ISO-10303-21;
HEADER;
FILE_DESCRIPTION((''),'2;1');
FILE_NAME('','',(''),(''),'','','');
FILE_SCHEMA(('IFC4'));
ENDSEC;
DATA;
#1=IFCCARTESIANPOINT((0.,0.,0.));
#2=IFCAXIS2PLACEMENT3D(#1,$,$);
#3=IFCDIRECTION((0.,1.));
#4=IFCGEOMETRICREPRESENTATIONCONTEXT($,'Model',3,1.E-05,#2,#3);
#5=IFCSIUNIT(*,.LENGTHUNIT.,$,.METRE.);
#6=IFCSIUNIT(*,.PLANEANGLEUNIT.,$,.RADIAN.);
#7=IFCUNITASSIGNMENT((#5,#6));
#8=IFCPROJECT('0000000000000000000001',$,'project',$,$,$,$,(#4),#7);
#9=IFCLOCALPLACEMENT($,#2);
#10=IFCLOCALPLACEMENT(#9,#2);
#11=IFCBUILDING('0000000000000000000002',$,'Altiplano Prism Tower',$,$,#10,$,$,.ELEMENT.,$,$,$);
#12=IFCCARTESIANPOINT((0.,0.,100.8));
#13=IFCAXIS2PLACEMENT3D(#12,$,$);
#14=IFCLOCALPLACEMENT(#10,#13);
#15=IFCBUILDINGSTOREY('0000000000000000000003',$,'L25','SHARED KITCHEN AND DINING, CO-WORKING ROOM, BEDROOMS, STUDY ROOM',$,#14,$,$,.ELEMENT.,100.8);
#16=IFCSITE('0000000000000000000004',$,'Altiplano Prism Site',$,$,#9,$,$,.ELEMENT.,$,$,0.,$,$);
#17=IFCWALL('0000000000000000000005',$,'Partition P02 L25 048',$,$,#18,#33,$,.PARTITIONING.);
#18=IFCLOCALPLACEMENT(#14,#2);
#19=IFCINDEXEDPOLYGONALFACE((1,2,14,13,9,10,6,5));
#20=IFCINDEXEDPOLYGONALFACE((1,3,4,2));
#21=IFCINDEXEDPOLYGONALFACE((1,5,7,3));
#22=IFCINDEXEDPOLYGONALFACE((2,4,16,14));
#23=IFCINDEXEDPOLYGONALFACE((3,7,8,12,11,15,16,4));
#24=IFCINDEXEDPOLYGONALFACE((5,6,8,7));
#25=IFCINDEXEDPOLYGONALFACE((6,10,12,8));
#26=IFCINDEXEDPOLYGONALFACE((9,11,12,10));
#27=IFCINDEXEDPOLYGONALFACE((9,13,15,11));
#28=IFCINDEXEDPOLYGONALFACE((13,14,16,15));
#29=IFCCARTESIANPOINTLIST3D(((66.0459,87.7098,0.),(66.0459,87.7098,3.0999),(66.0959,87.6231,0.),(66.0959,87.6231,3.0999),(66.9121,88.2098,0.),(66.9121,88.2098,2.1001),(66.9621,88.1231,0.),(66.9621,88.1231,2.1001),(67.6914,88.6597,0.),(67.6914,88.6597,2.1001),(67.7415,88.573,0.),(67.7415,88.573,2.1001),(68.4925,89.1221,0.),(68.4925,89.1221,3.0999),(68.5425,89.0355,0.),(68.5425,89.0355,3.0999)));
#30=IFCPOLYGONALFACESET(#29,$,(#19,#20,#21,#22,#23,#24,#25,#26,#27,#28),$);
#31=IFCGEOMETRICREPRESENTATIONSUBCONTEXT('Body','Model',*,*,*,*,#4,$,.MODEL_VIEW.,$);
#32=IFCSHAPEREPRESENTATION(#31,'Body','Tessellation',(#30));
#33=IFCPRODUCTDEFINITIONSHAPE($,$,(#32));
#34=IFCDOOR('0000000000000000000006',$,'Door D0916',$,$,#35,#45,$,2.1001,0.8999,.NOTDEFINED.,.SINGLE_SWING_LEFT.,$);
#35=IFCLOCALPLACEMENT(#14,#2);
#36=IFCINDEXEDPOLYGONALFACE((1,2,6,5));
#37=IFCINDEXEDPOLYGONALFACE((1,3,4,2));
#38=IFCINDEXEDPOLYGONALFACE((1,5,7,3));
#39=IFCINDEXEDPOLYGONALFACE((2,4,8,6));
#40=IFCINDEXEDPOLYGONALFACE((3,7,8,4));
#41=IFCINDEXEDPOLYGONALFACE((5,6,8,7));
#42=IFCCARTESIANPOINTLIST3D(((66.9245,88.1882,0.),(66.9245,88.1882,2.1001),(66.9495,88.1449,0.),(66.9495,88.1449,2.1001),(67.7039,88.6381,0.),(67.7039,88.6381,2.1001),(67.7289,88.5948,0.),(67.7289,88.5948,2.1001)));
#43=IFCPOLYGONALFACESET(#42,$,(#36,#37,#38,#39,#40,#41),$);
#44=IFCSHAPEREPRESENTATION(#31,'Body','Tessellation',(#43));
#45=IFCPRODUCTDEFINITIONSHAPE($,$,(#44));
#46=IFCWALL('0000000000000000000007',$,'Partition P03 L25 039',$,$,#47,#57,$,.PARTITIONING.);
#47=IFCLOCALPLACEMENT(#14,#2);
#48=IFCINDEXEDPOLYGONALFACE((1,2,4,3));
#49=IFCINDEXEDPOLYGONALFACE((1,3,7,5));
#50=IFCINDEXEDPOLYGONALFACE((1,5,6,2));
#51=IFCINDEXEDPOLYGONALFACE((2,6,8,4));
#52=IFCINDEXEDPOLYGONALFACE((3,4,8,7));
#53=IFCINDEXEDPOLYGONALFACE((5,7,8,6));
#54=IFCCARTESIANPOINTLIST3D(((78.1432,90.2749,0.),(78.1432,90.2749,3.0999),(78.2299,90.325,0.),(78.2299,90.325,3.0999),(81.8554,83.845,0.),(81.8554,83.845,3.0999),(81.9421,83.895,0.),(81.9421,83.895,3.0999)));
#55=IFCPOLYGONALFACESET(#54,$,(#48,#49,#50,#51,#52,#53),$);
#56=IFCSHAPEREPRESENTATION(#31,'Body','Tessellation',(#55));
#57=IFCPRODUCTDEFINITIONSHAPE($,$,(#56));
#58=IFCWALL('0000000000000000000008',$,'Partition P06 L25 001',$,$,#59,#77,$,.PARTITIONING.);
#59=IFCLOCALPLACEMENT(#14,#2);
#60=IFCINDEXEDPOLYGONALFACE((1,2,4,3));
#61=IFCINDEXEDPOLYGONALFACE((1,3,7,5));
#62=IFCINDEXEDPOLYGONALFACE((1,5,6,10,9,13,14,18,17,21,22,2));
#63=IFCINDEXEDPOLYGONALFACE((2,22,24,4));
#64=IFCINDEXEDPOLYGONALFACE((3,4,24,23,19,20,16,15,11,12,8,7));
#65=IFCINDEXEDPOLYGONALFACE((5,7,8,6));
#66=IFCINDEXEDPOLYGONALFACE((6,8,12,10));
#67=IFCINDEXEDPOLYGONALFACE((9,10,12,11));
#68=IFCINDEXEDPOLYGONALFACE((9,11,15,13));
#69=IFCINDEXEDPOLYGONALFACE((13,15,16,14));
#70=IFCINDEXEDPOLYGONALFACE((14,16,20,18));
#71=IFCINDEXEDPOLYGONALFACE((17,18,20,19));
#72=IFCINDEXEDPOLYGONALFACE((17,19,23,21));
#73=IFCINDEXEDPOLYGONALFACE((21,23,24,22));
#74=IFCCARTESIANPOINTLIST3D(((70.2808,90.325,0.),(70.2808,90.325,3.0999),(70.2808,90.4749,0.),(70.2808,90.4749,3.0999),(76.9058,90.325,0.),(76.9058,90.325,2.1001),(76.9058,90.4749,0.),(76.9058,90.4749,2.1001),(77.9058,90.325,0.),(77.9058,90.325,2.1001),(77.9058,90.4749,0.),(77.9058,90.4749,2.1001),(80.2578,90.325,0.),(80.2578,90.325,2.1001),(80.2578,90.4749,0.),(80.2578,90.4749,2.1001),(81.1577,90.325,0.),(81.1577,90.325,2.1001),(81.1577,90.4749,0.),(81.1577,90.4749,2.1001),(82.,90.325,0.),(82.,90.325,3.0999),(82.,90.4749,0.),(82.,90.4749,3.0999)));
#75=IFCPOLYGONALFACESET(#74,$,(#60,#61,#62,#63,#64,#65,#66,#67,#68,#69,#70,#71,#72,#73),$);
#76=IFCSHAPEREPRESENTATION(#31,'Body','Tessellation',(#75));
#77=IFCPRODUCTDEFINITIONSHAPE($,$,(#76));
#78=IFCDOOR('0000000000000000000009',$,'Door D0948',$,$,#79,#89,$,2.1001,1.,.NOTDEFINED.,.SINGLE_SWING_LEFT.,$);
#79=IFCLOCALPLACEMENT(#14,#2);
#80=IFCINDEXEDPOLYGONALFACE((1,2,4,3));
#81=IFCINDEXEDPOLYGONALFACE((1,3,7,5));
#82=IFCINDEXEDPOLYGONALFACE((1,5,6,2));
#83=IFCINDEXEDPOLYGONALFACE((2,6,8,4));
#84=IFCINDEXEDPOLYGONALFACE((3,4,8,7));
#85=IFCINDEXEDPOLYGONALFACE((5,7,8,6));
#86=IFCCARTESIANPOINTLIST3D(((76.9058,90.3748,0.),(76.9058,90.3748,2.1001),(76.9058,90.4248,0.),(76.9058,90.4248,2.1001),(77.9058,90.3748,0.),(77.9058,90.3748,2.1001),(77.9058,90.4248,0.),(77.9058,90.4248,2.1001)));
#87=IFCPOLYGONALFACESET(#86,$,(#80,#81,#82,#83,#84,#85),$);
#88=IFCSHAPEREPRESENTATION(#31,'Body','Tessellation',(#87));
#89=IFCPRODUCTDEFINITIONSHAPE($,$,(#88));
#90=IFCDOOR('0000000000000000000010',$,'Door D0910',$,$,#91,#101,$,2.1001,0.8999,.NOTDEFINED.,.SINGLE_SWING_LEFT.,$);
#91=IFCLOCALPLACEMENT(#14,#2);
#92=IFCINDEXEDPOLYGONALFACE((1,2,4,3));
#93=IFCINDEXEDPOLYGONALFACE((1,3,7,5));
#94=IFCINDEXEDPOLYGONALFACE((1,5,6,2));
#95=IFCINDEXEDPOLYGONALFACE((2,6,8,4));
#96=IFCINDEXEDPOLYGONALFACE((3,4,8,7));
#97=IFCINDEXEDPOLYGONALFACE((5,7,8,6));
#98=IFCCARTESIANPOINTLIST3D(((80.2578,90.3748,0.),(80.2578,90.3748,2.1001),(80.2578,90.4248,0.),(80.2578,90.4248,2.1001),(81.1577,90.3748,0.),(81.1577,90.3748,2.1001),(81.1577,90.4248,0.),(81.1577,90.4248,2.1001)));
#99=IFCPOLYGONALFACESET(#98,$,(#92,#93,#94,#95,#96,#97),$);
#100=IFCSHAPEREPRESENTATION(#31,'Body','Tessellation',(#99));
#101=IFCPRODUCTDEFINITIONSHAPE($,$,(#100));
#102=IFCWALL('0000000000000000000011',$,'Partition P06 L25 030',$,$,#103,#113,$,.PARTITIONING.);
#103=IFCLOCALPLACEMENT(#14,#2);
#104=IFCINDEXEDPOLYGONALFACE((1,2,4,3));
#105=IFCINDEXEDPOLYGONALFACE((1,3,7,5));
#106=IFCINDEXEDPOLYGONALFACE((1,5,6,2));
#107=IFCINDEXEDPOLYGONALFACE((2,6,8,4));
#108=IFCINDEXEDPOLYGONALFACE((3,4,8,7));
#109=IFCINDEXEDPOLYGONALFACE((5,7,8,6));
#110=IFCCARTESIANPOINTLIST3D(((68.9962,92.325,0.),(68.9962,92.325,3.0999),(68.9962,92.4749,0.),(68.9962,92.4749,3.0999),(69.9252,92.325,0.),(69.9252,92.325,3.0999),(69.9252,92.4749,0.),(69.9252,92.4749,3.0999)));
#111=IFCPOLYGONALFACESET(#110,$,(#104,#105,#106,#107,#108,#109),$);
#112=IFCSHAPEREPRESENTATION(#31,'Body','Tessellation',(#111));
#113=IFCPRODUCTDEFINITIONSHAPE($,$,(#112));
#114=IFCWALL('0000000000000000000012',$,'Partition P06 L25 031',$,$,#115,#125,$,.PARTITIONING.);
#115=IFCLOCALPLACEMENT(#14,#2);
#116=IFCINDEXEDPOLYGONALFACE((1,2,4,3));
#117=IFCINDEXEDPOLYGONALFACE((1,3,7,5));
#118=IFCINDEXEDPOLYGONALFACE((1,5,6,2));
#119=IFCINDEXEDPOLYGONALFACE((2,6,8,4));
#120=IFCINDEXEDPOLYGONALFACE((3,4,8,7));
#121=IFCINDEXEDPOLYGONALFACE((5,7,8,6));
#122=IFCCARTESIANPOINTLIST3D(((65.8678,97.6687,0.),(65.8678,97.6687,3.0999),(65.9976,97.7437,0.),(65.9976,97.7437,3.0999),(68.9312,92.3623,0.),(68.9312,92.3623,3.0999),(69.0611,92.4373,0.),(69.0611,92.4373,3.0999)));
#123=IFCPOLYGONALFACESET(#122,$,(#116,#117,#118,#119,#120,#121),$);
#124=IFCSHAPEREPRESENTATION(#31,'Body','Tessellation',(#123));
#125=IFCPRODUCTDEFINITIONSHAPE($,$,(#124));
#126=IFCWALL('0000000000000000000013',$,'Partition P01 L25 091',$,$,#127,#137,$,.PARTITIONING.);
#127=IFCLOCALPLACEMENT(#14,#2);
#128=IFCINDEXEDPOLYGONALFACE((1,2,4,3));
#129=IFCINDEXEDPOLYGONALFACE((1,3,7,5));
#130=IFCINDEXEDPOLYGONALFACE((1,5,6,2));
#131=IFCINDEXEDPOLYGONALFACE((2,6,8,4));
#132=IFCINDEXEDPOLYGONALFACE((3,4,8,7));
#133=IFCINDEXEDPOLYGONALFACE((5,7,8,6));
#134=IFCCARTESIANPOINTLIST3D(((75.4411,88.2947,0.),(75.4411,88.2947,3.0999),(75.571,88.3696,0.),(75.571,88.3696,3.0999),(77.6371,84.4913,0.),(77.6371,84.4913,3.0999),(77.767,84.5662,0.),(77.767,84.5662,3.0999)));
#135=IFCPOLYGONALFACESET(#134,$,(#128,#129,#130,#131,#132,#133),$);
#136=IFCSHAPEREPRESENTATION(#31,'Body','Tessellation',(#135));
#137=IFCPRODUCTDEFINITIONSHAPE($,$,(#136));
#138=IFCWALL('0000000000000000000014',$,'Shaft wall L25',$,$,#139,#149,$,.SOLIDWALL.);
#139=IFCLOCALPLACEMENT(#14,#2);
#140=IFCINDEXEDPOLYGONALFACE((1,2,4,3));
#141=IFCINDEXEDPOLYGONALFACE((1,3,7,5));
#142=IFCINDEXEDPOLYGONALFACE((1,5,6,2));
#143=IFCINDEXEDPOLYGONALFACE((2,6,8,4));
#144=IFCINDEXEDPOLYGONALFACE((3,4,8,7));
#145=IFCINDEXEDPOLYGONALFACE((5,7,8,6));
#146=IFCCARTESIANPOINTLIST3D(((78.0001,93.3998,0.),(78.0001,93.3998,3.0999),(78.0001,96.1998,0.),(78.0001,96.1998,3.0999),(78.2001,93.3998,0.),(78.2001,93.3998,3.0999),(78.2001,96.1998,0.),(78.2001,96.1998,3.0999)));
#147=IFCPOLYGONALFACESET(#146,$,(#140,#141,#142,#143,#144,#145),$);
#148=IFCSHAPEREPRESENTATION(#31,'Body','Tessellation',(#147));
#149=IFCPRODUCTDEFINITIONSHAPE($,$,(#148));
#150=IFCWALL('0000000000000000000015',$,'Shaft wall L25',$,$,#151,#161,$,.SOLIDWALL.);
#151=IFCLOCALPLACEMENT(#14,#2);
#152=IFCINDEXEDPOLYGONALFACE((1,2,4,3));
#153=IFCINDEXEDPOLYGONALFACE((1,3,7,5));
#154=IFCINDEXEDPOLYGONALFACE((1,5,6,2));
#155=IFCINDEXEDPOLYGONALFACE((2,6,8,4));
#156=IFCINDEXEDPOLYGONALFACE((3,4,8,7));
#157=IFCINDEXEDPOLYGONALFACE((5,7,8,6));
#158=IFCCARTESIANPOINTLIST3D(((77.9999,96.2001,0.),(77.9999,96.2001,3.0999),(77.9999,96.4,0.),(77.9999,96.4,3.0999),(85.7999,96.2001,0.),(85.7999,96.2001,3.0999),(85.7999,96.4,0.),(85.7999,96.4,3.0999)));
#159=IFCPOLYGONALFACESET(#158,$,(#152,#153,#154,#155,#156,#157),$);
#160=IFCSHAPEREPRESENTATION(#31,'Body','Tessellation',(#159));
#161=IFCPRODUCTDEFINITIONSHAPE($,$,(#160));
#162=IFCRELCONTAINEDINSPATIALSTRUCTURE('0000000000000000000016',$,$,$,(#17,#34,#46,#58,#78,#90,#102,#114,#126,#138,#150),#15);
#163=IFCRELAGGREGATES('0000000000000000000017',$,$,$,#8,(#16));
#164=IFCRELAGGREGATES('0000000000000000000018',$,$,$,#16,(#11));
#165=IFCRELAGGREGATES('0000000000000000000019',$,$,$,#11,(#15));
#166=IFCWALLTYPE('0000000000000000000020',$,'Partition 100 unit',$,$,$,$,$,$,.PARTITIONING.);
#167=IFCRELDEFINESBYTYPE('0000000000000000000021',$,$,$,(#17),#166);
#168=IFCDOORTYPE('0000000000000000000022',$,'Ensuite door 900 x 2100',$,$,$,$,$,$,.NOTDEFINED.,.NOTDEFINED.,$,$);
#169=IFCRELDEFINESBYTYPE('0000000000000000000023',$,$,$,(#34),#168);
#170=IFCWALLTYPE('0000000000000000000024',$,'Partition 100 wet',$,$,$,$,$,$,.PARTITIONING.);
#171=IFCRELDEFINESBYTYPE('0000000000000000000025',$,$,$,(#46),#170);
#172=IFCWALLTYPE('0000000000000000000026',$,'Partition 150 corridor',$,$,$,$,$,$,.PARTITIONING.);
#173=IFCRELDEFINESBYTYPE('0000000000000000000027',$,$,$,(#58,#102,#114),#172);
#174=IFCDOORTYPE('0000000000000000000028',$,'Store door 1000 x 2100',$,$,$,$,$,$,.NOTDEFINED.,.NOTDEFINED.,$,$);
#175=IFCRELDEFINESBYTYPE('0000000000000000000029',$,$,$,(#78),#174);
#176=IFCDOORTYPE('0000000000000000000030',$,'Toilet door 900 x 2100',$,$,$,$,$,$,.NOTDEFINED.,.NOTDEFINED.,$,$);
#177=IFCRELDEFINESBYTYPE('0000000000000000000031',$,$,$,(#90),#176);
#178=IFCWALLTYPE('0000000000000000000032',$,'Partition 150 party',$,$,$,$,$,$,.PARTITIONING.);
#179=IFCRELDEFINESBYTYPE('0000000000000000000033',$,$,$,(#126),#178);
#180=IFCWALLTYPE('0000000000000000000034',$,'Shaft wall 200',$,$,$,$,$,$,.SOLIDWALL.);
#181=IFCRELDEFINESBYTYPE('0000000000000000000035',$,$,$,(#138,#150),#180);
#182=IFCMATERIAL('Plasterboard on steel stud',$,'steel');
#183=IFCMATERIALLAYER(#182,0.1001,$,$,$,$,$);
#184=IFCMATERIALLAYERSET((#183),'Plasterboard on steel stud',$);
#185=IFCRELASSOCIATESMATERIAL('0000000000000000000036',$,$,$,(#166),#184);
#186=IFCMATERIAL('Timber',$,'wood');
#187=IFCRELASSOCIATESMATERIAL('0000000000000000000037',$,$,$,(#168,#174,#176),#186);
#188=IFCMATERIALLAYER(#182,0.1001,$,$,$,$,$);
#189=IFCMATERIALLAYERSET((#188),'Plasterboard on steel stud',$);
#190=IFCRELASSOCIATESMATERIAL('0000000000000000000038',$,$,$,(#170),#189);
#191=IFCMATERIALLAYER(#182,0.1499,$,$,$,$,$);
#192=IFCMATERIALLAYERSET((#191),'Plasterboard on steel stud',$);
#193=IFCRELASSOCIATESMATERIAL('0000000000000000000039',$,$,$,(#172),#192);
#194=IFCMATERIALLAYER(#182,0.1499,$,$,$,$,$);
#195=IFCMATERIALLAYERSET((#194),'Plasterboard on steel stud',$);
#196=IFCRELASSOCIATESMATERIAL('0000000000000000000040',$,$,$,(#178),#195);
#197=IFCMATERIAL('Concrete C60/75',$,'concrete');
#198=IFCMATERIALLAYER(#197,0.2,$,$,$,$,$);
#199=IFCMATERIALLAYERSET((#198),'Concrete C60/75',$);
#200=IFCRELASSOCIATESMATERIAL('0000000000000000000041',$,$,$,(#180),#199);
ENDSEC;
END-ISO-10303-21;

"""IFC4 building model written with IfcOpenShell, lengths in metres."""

from ifc_helpers import new_model, si_unit, direction, frame, frame_2d, origin, place, context, subcontext, project, spatial, rectangle, extrude, material, layer, layer_set, type_object, element, fill, save


model = new_model("IFC4")

# Units and contexts
model_context = context("Model", 3, precision=1e-05, world=origin(), true_north=direction((0.0, 1.0)))
body_context = subcontext(model_context, "Body", "Model", "MODEL_VIEW")
ifc_project = project(units=[si_unit("LENGTHUNIT", "METRE"), si_unit("PLANEANGLEUNIT", "RADIAN")], contexts=[model_context])

# Site, building, storey
site_placement = place(None, origin())
site = spatial("IfcSite", under=ifc_project, at=site_placement, Name="Altiplano Prism Site", CompositionType="ELEMENT", RefElevation=0.0)
building_placement = place(site_placement, origin())
building = spatial("IfcBuilding", under=site, at=building_placement, Name="Altiplano Prism Tower", CompositionType="ELEMENT")
storey_placement = place(building_placement, frame((0.0, 0.0, 100.8)))
storey = spatial("IfcBuildingStorey", under=building, at=storey_placement, Name="L25", Description="SHARED KITCHEN AND DINING, CO-WORKING ROOM, BEDROOMS, STUDY ROOM", CompositionType="ELEMENT", Elevation=100.8)

# Shared definitions
ifc_material_1 = material(Name="Concrete C60/75", Category="concrete")

# Wall, opening, door
ifc_material_2 = material(Name="Plasterboard on steel stud", Category="steel")
ifc_layer_1 = layer(ifc_material_2, 0.1001)
ifc_layer_set_1 = layer_set([ifc_layer_1], Name="Plasterboard on steel stud")
wall_type_1 = type_object("IfcWallType", Name="Partition 100 unit", PredefinedType="PARTITIONING", material=ifc_layer_set_1)
wall_1_placement = place(storey_placement, frame((68.5176, 89.0789, 0.0), z_axis=(0.0, 0.0, 1.0), x_axis=(-0.866049, -0.499959, 0.0)))
wall_1 = element("IfcWall", 1, at=wall_1_placement, inside=storey, type_object=wall_type_1, Name="Partition P02 L25 048", PredefinedType="PARTITIONING", context=body_context, shape_type="SweptSolid", body=[
    extrude(rectangle(XDim=2.825, YDim=0.1001, at=frame_2d((1.4126, 0.0))), origin(), (0.0, 0.0, 1.0), 3.0999),
])
opening_1_placement = place(wall_1_placement, frame((0.925, 0.0, 0.0)))
opening_1 = element("IfcOpeningElement", 2, at=opening_1_placement, cuts=wall_1, PredefinedType="OPENING", context=body_context, shape_type="SweptSolid", body=[
    extrude(rectangle(XDim=0.8999, YDim=2.1001, at=frame_2d((0.45, 1.05))), frame((0.0, 0.0605, 0.0), z_axis=(0.0, -1.0, 0.0), x_axis=(1.0, 0.0, 0.0)), (0.0, 0.0, 1.0), 0.1211),
])
ifc_material_3 = material(Name="Timber", Category="wood")
door_type_1 = type_object("IfcDoorType", Name="Ensuite door 900 x 2100", OperationType="NOTDEFINED", PredefinedType="NOTDEFINED", material=ifc_material_3)
door_1_placement = place(opening_1_placement, origin())
door_1 = element("IfcDoor", 3, at=door_1_placement, inside=storey, type_object=door_type_1, Name="Door D0916", OperationType="SINGLE_SWING_LEFT", OverallHeight=2.1001, OverallWidth=0.8999, PredefinedType="NOTDEFINED", context=body_context, shape_type="SweptSolid", body=[
    extrude(rectangle(XDim=0.8999, YDim=2.1001, at=frame_2d((0.45, 1.05))), frame((0.0, 0.0249, 0.0), z_axis=(0.0, -1.0, 0.0), x_axis=(1.0, 0.0, 0.0)), (0.0, 0.0, 1.0), 0.05),
])
fill(opening_1, door_1)

# Wall
ifc_layer_2 = layer(ifc_material_2, 0.1001)
ifc_layer_set_2 = layer_set([ifc_layer_2], Name="Plasterboard on steel stud")
wall_type_2 = type_object("IfcWallType", Name="Partition 100 wet", PredefinedType="PARTITIONING", material=ifc_layer_set_2)
wall_2_placement = place(storey_placement, frame((78.1865, 90.3, 0.0), z_axis=(0.0, 0.0, 1.0), x_axis=(0.499983, -0.866035, 0.0)))
element("IfcWall", 4, at=wall_2_placement, inside=storey, type_object=wall_type_2, Name="Partition P03 L25 039", PredefinedType="PARTITIONING", context=body_context, shape_type="SweptSolid", body=[
    extrude(rectangle(XDim=7.4246, YDim=0.1001, at=frame_2d((3.7124, 0.0))), origin(), (0.0, 0.0, 1.0), 3.0999),
])

# Wall, openings, doors
ifc_layer_3 = layer(ifc_material_2, 0.1499)
ifc_layer_set_3 = layer_set([ifc_layer_3], Name="Plasterboard on steel stud")
wall_type_3 = type_object("IfcWallType", Name="Partition 150 corridor", PredefinedType="PARTITIONING", material=ifc_layer_set_3)
wall_3_placement = place(storey_placement, frame((70.2808, 90.3999, 0.0), z_axis=(0.0, 0.0, 1.0), x_axis=(1.0, 0.0, 0.0)))
wall_3 = element("IfcWall", 5, at=wall_3_placement, inside=storey, type_object=wall_type_3, Name="Partition P06 L25 001", PredefinedType="PARTITIONING", context=body_context, shape_type="SweptSolid", body=[
    extrude(rectangle(XDim=11.7192, YDim=0.1499, at=frame_2d((5.8596, 0.0))), origin(), (0.0, 0.0, 1.0), 3.0999),
])
opening_2_placement = place(wall_3_placement, frame((9.9771, 0.0, 0.0)))
opening_2 = element("IfcOpeningElement", 6, at=opening_2_placement, cuts=wall_3, PredefinedType="OPENING", context=body_context, shape_type="SweptSolid", body=[
    extrude(rectangle(XDim=0.8999, YDim=2.1001, at=frame_2d((0.45, 1.05))), frame((0.0, 0.0854, 0.0), z_axis=(0.0, -1.0, 0.0), x_axis=(1.0, 0.0, 0.0)), (0.0, 0.0, 1.0), 0.1709),
])
opening_3_placement = place(wall_3_placement, frame((6.625, 0.0, 0.0)))
opening_3 = element("IfcOpeningElement", 7, at=opening_3_placement, cuts=wall_3, PredefinedType="OPENING", context=body_context, shape_type="SweptSolid", body=[
    extrude(rectangle(XDim=1.0, YDim=2.1001, at=frame_2d((0.5, 1.05))), frame((0.0, 0.0854, 0.0), z_axis=(0.0, -1.0, 0.0), x_axis=(1.0, 0.0, 0.0)), (0.0, 0.0, 1.0), 0.1709),
])
door_type_2 = type_object("IfcDoorType", Name="Store door 1000 x 2100", OperationType="NOTDEFINED", PredefinedType="NOTDEFINED", material=ifc_material_3)
door_2_placement = place(opening_3_placement, origin())
door_2 = element("IfcDoor", 8, at=door_2_placement, inside=storey, type_object=door_type_2, Name="Door D0948", OperationType="SINGLE_SWING_LEFT", OverallHeight=2.1001, OverallWidth=1.0, PredefinedType="NOTDEFINED", context=body_context, shape_type="SweptSolid", body=[
    extrude(rectangle(XDim=1.0, YDim=2.1001, at=frame_2d((0.5, 1.05))), frame((0.0, 0.0249, 0.0), z_axis=(0.0, -1.0, 0.0), x_axis=(1.0, 0.0, 0.0)), (0.0, 0.0, 1.0), 0.05),
])
fill(opening_3, door_2)
door_type_3 = type_object("IfcDoorType", Name="Toilet door 900 x 2100", OperationType="NOTDEFINED", PredefinedType="NOTDEFINED", material=ifc_material_3)
door_3_placement = place(opening_2_placement, origin())
door_3 = element("IfcDoor", 9, at=door_3_placement, inside=storey, type_object=door_type_3, Name="Door D0910", OperationType="SINGLE_SWING_LEFT", OverallHeight=2.1001, OverallWidth=0.8999, PredefinedType="NOTDEFINED", context=body_context, shape_type="SweptSolid", body=[
    extrude(rectangle(XDim=0.8999, YDim=2.1001, at=frame_2d((0.45, 1.05))), frame((0.0, 0.0249, 0.0), z_axis=(0.0, -1.0, 0.0), x_axis=(1.0, 0.0, 0.0)), (0.0, 0.0, 1.0), 0.05),
])
fill(opening_2, door_3)

# Walls
wall_4_placement = place(storey_placement, frame((69.925, 92.3999, 0.0), z_axis=(0.0, 0.0, 1.0), x_axis=(-1.0, 0.0, 0.0)))
element("IfcWall", 10, at=wall_4_placement, inside=storey, type_object=wall_type_3, Name="Partition P06 L25 030", PredefinedType="PARTITIONING", context=body_context, shape_type="SweptSolid", body=[
    extrude(rectangle(XDim=0.929, YDim=0.1499, at=frame_2d((0.4644, 0.0))), origin(), (0.0, 0.0, 1.0), 3.0999),
])
wall_5_placement = place(storey_placement, frame((68.9961, 92.3999, 0.0), z_axis=(0.0, 0.0, 1.0), x_axis=(-0.499979, 0.866038, 0.0)))
element("IfcWall", 11, at=wall_5_placement, inside=storey, type_object=wall_type_3, Name="Partition P06 L25 031", PredefinedType="PARTITIONING", context=body_context, shape_type="SweptSolid", body=[
    extrude(rectangle(XDim=6.1272, YDim=0.1499, at=frame_2d((3.0635, 0.0))), origin(), (0.0, 0.0, 1.0), 3.0999),
])
ifc_layer_4 = layer(ifc_material_2, 0.1499)
ifc_layer_set_4 = layer_set([ifc_layer_4], Name="Plasterboard on steel stud")
wall_type_4 = type_object("IfcWallType", Name="Partition 150 party", PredefinedType="PARTITIONING", material=ifc_layer_set_4)
wall_6_placement = place(storey_placement, frame((75.5061, 88.332, 0.0), z_axis=(0.0, 0.0, 1.0), x_axis=(0.500019, -0.866014, 0.0)))
element("IfcWall", 12, at=wall_6_placement, inside=storey, type_object=wall_type_4, Name="Partition P01 L25 091", PredefinedType="PARTITIONING", context=body_context, shape_type="SweptSolid", body=[
    extrude(rectangle(XDim=4.3918, YDim=0.1499, at=frame_2d((2.1958, 0.0))), origin(), (0.0, 0.0, 1.0), 3.0999),
])
ifc_layer_5 = layer(ifc_material_1, 0.2)
ifc_layer_set_5 = layer_set([ifc_layer_5], Name="Concrete C60/75")
wall_type_5 = type_object("IfcWallType", Name="Shaft wall 200", PredefinedType="SOLIDWALL", material=ifc_layer_set_5)
wall_7_placement = place(storey_placement, frame((78.1001, 93.3999, 0.0), z_axis=(0.0, 0.0, 1.0), x_axis=(0.0, 1.0, 0.0)))
element("IfcWall", 13, at=wall_7_placement, inside=storey, type_object=wall_type_5, Name="Shaft wall L25", PredefinedType="SOLIDWALL", context=body_context, shape_type="SweptSolid", body=[
    extrude(rectangle(XDim=2.8, YDim=0.2, at=frame_2d((1.3999, 0.0))), origin(), (0.0, 0.0, 1.0), 3.0999),
])
wall_8_placement = place(storey_placement, frame((78.0, 96.3, 0.0), z_axis=(0.0, 0.0, 1.0), x_axis=(1.0, 0.0, 0.0)))
element("IfcWall", 14, at=wall_8_placement, inside=storey, type_object=wall_type_5, Name="Shaft wall L25", PredefinedType="SOLIDWALL", context=body_context, shape_type="SweptSolid", body=[
    extrude(rectangle(XDim=7.8, YDim=0.2, at=frame_2d((3.8999, 0.0))), origin(), (0.0, 0.0, 1.0), 3.0999),
])

save(model, "model.ifc")
